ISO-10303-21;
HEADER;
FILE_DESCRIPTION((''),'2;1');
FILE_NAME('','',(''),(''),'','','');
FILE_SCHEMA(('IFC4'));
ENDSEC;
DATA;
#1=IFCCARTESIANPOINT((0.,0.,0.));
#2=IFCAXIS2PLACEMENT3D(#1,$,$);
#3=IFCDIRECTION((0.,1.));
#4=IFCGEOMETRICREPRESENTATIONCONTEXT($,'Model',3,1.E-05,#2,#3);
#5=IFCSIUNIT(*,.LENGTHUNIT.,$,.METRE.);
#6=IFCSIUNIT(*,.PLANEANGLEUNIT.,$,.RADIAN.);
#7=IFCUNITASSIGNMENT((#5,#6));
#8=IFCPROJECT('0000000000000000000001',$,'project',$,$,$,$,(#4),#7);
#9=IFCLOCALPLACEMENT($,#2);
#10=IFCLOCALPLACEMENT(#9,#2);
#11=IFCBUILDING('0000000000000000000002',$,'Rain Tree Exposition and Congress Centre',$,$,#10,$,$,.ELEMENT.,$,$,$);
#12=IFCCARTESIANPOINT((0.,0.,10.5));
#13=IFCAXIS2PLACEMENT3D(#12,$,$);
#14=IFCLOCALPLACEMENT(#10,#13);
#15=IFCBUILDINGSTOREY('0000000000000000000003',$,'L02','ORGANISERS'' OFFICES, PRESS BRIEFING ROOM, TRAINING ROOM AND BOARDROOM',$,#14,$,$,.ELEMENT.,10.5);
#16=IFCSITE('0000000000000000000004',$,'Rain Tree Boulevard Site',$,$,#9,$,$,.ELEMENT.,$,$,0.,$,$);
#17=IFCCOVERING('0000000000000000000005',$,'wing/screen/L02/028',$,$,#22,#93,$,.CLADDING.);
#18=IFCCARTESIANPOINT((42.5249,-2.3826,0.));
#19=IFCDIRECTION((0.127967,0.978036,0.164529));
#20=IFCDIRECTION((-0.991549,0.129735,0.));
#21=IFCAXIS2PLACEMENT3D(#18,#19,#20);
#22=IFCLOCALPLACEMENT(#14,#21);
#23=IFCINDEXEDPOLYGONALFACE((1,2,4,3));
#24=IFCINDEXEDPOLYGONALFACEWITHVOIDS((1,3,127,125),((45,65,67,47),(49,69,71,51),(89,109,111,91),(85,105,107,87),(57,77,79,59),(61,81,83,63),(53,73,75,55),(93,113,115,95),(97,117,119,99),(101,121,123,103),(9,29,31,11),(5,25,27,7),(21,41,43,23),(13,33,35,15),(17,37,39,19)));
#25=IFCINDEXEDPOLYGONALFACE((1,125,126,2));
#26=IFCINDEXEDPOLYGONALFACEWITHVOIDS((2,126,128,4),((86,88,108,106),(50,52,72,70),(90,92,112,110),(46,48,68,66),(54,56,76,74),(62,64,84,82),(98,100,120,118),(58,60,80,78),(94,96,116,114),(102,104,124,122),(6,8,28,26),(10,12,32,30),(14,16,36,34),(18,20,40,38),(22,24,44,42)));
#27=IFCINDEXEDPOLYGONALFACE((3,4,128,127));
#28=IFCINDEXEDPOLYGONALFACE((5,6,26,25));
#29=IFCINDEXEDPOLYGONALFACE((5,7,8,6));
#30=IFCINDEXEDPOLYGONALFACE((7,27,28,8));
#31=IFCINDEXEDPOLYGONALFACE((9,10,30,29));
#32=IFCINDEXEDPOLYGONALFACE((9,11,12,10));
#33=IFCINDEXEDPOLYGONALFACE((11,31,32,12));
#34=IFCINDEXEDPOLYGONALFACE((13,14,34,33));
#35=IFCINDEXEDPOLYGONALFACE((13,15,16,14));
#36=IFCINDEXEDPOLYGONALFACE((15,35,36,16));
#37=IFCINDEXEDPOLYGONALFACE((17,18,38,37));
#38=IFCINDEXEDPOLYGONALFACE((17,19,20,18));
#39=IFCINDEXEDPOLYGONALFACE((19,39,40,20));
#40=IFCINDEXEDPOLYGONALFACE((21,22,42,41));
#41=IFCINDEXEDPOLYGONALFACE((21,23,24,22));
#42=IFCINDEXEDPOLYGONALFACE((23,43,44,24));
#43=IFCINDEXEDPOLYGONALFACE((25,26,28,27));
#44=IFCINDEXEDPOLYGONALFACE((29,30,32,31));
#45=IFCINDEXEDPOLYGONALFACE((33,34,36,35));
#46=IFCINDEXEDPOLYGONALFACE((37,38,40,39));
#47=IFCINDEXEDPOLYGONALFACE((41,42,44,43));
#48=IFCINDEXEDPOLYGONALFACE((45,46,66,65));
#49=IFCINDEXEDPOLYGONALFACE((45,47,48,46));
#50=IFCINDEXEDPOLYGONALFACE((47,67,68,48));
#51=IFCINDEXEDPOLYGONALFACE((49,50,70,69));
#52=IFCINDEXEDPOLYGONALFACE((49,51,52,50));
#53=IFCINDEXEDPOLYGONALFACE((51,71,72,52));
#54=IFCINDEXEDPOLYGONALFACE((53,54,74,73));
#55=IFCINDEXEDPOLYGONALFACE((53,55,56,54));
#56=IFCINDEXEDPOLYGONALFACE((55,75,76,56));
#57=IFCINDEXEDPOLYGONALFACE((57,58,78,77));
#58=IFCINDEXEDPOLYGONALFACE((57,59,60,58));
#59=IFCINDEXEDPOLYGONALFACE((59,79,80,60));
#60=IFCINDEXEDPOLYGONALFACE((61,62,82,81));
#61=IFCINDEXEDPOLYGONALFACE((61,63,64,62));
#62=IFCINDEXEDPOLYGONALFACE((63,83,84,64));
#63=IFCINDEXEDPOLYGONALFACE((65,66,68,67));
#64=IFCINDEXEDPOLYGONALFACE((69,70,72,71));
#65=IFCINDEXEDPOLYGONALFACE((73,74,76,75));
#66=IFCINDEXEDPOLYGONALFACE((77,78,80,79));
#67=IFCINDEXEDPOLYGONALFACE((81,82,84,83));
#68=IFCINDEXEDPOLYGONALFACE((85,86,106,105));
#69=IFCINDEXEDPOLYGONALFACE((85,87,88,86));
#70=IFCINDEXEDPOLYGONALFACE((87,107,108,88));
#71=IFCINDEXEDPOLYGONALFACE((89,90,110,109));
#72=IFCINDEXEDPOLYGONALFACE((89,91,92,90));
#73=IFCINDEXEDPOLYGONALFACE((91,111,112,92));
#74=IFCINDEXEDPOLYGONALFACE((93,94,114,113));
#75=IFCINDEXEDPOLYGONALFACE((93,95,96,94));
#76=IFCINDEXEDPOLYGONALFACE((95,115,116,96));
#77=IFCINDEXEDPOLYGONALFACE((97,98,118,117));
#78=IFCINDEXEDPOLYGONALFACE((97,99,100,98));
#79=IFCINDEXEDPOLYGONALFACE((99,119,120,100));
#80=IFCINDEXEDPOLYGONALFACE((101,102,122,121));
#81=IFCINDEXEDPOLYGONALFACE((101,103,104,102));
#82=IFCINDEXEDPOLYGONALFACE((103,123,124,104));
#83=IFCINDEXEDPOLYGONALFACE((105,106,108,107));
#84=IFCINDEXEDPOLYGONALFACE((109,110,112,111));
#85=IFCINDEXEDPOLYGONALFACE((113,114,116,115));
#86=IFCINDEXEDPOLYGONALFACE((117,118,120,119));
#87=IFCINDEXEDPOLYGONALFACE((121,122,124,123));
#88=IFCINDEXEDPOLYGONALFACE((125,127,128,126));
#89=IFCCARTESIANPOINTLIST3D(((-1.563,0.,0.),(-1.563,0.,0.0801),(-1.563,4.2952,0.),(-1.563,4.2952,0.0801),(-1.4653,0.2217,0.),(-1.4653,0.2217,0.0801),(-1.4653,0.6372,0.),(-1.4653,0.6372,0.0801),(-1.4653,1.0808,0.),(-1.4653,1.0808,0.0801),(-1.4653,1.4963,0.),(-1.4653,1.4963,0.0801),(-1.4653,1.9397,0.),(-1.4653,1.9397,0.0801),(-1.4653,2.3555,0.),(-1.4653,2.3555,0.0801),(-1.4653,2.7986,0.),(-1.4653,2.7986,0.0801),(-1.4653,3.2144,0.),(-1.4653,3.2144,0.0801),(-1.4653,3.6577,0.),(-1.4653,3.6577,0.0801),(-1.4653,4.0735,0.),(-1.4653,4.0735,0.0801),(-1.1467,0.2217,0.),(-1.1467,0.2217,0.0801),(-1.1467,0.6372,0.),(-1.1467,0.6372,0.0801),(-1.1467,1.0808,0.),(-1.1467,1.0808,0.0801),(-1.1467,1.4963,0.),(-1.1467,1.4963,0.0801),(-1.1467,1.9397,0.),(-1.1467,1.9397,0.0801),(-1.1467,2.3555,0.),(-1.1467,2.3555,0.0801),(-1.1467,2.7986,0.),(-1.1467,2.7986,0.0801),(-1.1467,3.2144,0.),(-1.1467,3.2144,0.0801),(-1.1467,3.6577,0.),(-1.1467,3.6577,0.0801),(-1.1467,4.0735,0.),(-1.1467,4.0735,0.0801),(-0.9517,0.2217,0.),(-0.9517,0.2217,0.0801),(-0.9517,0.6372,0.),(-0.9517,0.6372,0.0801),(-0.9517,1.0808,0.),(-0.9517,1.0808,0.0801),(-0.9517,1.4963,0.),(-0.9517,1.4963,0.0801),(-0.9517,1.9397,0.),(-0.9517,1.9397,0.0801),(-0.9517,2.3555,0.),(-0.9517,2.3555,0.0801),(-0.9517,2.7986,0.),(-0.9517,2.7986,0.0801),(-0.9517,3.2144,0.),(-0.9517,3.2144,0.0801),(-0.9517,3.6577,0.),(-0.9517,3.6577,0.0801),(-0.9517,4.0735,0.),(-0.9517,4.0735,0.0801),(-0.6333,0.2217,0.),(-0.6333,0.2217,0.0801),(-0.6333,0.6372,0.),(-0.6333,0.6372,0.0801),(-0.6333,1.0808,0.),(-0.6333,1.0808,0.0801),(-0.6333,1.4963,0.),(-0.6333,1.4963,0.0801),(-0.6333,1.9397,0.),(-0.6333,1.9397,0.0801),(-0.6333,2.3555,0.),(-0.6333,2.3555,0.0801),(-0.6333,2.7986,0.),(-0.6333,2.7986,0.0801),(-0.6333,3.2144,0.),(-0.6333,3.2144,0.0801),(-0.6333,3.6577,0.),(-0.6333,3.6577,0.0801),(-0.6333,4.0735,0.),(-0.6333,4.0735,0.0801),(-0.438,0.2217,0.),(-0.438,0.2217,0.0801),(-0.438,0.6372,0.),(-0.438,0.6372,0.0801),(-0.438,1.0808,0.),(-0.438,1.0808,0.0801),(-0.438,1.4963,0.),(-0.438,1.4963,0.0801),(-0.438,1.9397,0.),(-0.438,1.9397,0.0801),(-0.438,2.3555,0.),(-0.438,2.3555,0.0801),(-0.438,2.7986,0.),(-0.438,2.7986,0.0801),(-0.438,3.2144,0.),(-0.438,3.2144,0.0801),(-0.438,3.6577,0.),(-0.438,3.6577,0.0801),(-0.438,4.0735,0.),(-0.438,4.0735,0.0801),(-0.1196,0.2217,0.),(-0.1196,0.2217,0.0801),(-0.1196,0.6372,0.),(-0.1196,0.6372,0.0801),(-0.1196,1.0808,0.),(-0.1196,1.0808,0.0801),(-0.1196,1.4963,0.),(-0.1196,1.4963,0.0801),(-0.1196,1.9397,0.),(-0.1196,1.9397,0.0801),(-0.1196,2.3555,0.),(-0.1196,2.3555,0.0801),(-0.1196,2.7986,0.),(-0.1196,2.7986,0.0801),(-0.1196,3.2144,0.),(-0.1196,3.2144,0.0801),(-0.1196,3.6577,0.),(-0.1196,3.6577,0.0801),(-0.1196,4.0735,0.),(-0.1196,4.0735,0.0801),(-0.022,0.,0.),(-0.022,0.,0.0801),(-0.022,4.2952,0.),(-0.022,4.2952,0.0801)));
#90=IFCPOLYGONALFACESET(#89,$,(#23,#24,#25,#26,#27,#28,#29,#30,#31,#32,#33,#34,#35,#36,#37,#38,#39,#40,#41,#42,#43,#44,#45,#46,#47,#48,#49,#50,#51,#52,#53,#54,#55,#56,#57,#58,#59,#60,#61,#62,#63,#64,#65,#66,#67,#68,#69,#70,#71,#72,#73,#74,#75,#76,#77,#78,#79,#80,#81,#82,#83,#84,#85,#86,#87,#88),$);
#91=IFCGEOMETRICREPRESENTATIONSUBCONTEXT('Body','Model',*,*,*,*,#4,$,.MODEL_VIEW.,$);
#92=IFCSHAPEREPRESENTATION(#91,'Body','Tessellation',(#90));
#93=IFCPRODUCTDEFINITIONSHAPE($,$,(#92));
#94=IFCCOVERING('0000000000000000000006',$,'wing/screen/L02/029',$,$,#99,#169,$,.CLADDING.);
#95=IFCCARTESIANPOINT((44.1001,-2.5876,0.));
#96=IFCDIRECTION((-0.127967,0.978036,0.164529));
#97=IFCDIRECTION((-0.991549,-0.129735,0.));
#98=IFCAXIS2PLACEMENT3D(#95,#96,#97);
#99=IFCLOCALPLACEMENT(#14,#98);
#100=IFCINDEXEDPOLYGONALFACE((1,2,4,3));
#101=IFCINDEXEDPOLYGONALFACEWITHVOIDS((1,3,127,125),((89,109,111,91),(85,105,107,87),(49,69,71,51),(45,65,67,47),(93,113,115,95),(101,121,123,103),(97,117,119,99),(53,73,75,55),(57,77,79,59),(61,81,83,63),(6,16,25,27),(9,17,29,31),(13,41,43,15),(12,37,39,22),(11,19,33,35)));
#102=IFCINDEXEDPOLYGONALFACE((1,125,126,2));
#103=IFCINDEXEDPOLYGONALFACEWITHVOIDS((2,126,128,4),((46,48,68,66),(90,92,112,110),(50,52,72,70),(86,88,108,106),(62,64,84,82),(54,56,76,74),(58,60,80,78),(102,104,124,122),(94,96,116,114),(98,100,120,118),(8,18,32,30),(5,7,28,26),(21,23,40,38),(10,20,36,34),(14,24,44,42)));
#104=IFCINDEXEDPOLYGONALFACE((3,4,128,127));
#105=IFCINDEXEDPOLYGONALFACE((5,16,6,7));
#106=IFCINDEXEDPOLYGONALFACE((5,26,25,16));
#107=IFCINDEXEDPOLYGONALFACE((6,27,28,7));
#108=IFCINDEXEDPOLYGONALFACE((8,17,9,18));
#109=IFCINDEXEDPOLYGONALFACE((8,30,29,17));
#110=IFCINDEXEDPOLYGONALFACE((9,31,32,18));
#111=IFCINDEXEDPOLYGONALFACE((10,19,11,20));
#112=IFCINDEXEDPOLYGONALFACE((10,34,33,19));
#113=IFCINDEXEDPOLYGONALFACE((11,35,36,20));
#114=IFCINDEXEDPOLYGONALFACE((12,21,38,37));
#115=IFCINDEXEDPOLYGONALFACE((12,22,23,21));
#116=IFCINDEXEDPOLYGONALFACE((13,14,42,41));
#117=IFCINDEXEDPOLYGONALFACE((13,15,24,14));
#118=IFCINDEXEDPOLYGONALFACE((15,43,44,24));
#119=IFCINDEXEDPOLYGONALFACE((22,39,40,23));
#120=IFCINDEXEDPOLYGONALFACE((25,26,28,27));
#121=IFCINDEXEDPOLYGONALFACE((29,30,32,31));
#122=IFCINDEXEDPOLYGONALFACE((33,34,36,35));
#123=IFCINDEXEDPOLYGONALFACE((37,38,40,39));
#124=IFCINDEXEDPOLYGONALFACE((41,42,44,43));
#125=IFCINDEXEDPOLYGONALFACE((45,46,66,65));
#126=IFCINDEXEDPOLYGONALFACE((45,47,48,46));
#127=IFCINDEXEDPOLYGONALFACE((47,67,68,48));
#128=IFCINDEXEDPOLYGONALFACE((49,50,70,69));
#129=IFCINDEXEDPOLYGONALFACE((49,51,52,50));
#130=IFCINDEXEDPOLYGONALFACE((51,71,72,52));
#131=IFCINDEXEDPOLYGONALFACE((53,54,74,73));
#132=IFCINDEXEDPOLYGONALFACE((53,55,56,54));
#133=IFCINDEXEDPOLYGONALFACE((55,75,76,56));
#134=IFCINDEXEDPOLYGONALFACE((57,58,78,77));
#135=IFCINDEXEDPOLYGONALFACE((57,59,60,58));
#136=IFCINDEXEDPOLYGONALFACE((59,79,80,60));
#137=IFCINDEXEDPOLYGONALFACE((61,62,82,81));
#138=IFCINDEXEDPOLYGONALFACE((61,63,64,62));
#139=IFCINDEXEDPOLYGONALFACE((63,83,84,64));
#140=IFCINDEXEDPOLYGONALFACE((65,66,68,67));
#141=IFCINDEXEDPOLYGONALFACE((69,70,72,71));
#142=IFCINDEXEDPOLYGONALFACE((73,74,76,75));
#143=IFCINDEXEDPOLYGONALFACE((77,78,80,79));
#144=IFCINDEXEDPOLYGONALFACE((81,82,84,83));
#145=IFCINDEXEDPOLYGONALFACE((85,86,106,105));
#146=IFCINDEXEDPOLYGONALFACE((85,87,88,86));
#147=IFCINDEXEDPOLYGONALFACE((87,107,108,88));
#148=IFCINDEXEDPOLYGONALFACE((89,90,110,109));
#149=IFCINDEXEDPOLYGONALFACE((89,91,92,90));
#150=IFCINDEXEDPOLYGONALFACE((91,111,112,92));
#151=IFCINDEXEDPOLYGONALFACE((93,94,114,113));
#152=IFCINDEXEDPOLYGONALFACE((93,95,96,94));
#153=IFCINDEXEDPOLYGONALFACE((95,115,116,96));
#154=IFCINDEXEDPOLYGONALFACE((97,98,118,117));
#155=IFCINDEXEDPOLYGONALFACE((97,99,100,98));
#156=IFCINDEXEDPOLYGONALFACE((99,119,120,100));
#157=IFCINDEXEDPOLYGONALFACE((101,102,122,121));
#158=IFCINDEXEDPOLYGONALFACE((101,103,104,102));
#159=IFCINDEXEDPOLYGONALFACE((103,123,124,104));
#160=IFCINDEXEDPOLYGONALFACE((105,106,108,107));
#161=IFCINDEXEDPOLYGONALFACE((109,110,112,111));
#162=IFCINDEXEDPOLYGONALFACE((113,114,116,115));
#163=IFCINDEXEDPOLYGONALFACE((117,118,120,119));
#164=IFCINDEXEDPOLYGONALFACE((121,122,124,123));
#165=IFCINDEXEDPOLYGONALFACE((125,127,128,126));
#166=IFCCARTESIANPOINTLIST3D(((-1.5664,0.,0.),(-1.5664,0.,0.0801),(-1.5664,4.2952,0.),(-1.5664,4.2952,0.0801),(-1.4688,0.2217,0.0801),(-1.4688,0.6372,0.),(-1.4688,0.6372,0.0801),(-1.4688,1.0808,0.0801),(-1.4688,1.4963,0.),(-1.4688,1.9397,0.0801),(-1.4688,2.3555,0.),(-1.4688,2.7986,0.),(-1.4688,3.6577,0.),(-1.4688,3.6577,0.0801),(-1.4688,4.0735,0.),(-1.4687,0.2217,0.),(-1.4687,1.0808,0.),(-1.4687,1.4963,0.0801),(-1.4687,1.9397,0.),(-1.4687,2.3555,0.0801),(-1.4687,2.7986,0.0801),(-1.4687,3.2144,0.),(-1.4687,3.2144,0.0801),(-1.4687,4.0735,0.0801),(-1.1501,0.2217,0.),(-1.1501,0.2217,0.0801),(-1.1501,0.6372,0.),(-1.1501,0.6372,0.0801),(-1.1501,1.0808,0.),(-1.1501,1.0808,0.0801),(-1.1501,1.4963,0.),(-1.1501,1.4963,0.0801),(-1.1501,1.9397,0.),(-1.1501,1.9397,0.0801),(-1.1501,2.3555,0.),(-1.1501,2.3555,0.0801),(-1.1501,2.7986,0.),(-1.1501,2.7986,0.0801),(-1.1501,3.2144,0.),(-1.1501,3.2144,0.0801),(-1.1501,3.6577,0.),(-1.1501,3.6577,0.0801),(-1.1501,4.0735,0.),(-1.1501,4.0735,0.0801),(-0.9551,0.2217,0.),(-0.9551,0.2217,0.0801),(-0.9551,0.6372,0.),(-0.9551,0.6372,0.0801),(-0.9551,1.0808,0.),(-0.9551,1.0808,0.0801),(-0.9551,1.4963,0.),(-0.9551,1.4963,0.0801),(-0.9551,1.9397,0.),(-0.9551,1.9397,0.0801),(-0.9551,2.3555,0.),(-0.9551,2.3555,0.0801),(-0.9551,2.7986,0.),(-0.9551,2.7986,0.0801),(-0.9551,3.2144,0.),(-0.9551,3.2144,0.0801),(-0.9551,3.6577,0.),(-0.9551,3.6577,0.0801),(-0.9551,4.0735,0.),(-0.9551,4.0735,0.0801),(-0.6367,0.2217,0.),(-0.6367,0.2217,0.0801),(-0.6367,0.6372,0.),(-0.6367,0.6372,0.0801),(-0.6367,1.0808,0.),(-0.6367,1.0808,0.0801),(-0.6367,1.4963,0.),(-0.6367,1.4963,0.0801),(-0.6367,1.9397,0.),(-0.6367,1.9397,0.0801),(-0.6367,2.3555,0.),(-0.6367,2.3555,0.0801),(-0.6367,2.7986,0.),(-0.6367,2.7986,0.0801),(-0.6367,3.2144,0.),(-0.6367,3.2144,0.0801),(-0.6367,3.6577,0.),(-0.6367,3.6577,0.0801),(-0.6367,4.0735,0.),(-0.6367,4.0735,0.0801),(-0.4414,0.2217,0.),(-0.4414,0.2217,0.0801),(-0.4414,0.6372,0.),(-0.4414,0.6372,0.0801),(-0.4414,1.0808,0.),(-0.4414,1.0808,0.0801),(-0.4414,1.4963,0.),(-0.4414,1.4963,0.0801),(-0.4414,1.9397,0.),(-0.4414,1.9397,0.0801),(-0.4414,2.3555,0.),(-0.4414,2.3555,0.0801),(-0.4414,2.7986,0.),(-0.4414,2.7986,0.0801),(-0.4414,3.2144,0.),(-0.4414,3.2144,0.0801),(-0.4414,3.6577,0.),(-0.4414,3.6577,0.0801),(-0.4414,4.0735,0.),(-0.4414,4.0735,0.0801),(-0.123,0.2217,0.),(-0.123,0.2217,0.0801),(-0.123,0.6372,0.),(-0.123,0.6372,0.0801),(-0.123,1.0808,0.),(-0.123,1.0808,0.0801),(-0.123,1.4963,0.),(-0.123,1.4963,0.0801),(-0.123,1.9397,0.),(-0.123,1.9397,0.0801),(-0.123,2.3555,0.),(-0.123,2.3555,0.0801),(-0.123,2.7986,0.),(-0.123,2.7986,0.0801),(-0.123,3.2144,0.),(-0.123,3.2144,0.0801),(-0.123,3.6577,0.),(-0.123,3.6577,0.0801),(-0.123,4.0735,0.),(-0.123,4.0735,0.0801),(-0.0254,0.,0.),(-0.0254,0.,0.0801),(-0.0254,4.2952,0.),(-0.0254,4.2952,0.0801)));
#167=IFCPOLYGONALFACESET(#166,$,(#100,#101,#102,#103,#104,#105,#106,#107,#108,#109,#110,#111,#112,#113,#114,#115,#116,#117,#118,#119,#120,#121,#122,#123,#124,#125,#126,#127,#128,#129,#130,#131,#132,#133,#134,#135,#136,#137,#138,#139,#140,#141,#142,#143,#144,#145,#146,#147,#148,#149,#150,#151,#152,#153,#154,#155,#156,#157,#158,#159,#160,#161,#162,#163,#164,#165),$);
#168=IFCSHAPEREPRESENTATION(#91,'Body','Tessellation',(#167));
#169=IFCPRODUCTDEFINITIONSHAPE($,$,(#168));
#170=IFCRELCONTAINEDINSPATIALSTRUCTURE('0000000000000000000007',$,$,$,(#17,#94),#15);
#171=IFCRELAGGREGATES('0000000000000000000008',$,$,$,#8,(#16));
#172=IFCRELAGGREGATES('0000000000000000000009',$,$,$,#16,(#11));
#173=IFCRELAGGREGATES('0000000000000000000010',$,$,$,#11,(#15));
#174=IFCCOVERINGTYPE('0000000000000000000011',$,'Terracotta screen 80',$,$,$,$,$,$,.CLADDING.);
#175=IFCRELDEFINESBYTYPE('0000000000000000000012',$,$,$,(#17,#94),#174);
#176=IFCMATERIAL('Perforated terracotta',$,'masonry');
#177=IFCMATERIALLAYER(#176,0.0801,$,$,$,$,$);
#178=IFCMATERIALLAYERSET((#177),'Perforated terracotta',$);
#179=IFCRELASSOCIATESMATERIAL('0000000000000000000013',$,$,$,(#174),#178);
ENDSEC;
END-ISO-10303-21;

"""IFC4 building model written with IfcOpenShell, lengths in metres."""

from ifc_helpers import new_model, si_unit, direction, frame, origin, place, context, subcontext, project, spatial, polyline, outline, extrude, material, layer, layer_set, type_object, element, save


model = new_model("IFC4")

# Units and contexts
model_context = context("Model", 3, precision=1e-05, world=origin(), true_north=direction((0.0, 1.0)))
body_context = subcontext(model_context, "Body", "Model", "MODEL_VIEW")
ifc_project = project(units=[si_unit("LENGTHUNIT", "METRE"), si_unit("PLANEANGLEUNIT", "RADIAN")], contexts=[model_context])

# Site, building, storey
site_placement = place(None, origin())
site = spatial("IfcSite", under=ifc_project, at=site_placement, Name="Rain Tree Boulevard Site", CompositionType="ELEMENT", RefElevation=0.0)
building_placement = place(site_placement, origin())
building = spatial("IfcBuilding", under=site, at=building_placement, Name="Rain Tree Exposition and Congress Centre", CompositionType="ELEMENT")
storey_placement = place(building_placement, frame((0.0, 0.0, 10.5)))
storey = spatial("IfcBuildingStorey", under=building, at=storey_placement, Name="L02", Description="ORGANISERS' OFFICES, PRESS BRIEFING ROOM, TRAINING ROOM AND BOARDROOM", CompositionType="ELEMENT", Elevation=10.5)

# Coverings
ifc_material_1 = material(Name="Perforated terracotta", Category="masonry")
ifc_layer_1 = layer(ifc_material_1, 0.0801)
ifc_layer_set_1 = layer_set([ifc_layer_1], Name="Perforated terracotta")
covering_type = type_object("IfcCoveringType", Name="Terracotta screen 80", PredefinedType="CLADDING", material=ifc_layer_set_1)
covering_1_placement = place(storey_placement, frame((42.5249, -2.3826, 0.0), z_axis=(0.127967, 0.978036, 0.164529), x_axis=(-0.991549, 0.129735, 0.0)))
element("IfcCovering", 1, at=covering_1_placement, inside=storey, type_object=covering_type, Name="wing/screen/L02/028", PredefinedType="CLADDING", context=body_context, shape_type="SweptSolid", body=[
    extrude(outline(polyline([(-1.563, 0.0), (-1.563, 4.2952), (-0.022, 4.2952), (-0.022, 0.0), (-1.563, 0.0)]), holes=[polyline([(-0.1196, 0.2217), (-0.1196, 0.6372), (-0.438, 0.6372), (-0.438, 0.2217), (-0.1196, 0.2217)]), polyline([(-0.1196, 1.0808), (-0.1196, 1.4963), (-0.438, 1.4963), (-0.438, 1.0808), (-0.1196, 1.0808)]), polyline([(-0.1196, 1.9397), (-0.1196, 2.3555), (-0.438, 2.3555), (-0.438, 1.9397), (-0.1196, 1.9397)]), polyline([(-0.1196, 2.7986), (-0.1196, 3.2144), (-0.438, 3.2144), (-0.438, 2.7986), (-0.1196, 2.7986)]), polyline([(-0.1196, 3.6577), (-0.1196, 4.0735), (-0.438, 4.0735), (-0.438, 3.6577), (-0.1196, 3.6577)]), polyline([(-0.6333, 0.2217), (-0.6333, 0.6372), (-0.9517, 0.6372), (-0.9517, 0.2217), (-0.6333, 0.2217)]), polyline([(-0.6333, 1.0808), (-0.6333, 1.4963), (-0.9517, 1.4963), (-0.9517, 1.0808), (-0.6333, 1.0808)]), polyline([(-0.6333, 1.9397), (-0.6333, 2.3555), (-0.9517, 2.3555), (-0.9517, 1.9397), (-0.6333, 1.9397)]), polyline([(-0.6333, 2.7986), (-0.6333, 3.2144), (-0.9517, 3.2144), (-0.9517, 2.7986), (-0.6333, 2.7986)]), polyline([(-0.6333, 3.6577), (-0.6333, 4.0735), (-0.9517, 4.0735), (-0.9517, 3.6577), (-0.6333, 3.6577)]), polyline([(-1.1467, 0.2217), (-1.1467, 0.6372), (-1.4653, 0.6372), (-1.4653, 0.2217), (-1.1467, 0.2217)]), polyline([(-1.1467, 1.0808), (-1.1467, 1.4963), (-1.4653, 1.4963), (-1.4653, 1.0808), (-1.1467, 1.0808)]), polyline([(-1.1467, 1.9397), (-1.1467, 2.3555), (-1.4653, 2.3555), (-1.4653, 1.9397), (-1.1467, 1.9397)]), polyline([(-1.1467, 2.7986), (-1.1467, 3.2144), (-1.4653, 3.2144), (-1.4653, 2.7986), (-1.1467, 2.7986)]), polyline([(-1.1467, 3.6577), (-1.1467, 4.0735), (-1.4653, 4.0735), (-1.4653, 3.6577), (-1.1467, 3.6577)])]), origin(), (0.0, 0.0, 1.0), 0.0801),
])
covering_2_placement = place(storey_placement, frame((44.1001, -2.5876, 0.0), z_axis=(-0.127967, 0.978036, 0.164529), x_axis=(-0.991549, -0.129735, 0.0)))
element("IfcCovering", 2, at=covering_2_placement, inside=storey, type_object=covering_type, Name="wing/screen/L02/029", PredefinedType="CLADDING", context=body_context, shape_type="SweptSolid", body=[
    extrude(outline(polyline([(-1.5664, 0.0), (-1.5664, 4.2952), (-0.0254, 4.2952), (-0.0254, 0.0), (-1.5664, 0.0)]), holes=[polyline([(-0.123, 0.2217), (-0.123, 0.6372), (-0.4414, 0.6372), (-0.4414, 0.2217), (-0.123, 0.2217)]), polyline([(-0.123, 1.0808), (-0.123, 1.4963), (-0.4414, 1.4963), (-0.4414, 1.0808), (-0.123, 1.0808)]), polyline([(-0.123, 1.9397), (-0.123, 2.3555), (-0.4414, 2.3555), (-0.4414, 1.9397), (-0.123, 1.9397)]), polyline([(-0.123, 2.7986), (-0.123, 3.2144), (-0.4414, 3.2144), (-0.4414, 2.7986), (-0.123, 2.7986)]), polyline([(-0.123, 3.6577), (-0.123, 4.0735), (-0.4414, 4.0735), (-0.4414, 3.6577), (-0.123, 3.6577)]), polyline([(-0.6367, 0.2217), (-0.6367, 0.6372), (-0.9551, 0.6372), (-0.9551, 0.2217), (-0.6367, 0.2217)]), polyline([(-0.6367, 1.0808), (-0.6367, 1.4963), (-0.9551, 1.4963), (-0.9551, 1.0808), (-0.6367, 1.0808)]), polyline([(-0.6367, 1.9397), (-0.6367, 2.3555), (-0.9551, 2.3555), (-0.9551, 1.9397), (-0.6367, 1.9397)]), polyline([(-0.6367, 2.7986), (-0.6367, 3.2144), (-0.9551, 3.2144), (-0.9551, 2.7986), (-0.6367, 2.7986)]), polyline([(-0.6367, 3.6577), (-0.6367, 4.0735), (-0.9551, 4.0735), (-0.9551, 3.6577), (-0.6367, 3.6577)]), polyline([(-1.1501, 0.2217), (-1.1501, 0.6372), (-1.4688, 0.6372), (-1.4688, 0.2217), (-1.1501, 0.2217)]), polyline([(-1.1501, 1.0808), (-1.1501, 1.4963), (-1.4688, 1.4963), (-1.4688, 1.0808), (-1.1501, 1.0808)]), polyline([(-1.1501, 1.9397), (-1.1501, 2.3555), (-1.4688, 2.3555), (-1.4688, 1.9397), (-1.1501, 1.9397)]), polyline([(-1.1501, 2.7986), (-1.1501, 3.2144), (-1.4688, 3.2144), (-1.4688, 2.7986), (-1.1501, 2.7986)]), polyline([(-1.1501, 3.6577), (-1.1501, 4.0735), (-1.4688, 4.0735), (-1.4688, 3.6577), (-1.1501, 3.6577)])]), origin(), (0.0, 0.0, 1.0), 0.0801),
])

save(model, "model.ifc")
